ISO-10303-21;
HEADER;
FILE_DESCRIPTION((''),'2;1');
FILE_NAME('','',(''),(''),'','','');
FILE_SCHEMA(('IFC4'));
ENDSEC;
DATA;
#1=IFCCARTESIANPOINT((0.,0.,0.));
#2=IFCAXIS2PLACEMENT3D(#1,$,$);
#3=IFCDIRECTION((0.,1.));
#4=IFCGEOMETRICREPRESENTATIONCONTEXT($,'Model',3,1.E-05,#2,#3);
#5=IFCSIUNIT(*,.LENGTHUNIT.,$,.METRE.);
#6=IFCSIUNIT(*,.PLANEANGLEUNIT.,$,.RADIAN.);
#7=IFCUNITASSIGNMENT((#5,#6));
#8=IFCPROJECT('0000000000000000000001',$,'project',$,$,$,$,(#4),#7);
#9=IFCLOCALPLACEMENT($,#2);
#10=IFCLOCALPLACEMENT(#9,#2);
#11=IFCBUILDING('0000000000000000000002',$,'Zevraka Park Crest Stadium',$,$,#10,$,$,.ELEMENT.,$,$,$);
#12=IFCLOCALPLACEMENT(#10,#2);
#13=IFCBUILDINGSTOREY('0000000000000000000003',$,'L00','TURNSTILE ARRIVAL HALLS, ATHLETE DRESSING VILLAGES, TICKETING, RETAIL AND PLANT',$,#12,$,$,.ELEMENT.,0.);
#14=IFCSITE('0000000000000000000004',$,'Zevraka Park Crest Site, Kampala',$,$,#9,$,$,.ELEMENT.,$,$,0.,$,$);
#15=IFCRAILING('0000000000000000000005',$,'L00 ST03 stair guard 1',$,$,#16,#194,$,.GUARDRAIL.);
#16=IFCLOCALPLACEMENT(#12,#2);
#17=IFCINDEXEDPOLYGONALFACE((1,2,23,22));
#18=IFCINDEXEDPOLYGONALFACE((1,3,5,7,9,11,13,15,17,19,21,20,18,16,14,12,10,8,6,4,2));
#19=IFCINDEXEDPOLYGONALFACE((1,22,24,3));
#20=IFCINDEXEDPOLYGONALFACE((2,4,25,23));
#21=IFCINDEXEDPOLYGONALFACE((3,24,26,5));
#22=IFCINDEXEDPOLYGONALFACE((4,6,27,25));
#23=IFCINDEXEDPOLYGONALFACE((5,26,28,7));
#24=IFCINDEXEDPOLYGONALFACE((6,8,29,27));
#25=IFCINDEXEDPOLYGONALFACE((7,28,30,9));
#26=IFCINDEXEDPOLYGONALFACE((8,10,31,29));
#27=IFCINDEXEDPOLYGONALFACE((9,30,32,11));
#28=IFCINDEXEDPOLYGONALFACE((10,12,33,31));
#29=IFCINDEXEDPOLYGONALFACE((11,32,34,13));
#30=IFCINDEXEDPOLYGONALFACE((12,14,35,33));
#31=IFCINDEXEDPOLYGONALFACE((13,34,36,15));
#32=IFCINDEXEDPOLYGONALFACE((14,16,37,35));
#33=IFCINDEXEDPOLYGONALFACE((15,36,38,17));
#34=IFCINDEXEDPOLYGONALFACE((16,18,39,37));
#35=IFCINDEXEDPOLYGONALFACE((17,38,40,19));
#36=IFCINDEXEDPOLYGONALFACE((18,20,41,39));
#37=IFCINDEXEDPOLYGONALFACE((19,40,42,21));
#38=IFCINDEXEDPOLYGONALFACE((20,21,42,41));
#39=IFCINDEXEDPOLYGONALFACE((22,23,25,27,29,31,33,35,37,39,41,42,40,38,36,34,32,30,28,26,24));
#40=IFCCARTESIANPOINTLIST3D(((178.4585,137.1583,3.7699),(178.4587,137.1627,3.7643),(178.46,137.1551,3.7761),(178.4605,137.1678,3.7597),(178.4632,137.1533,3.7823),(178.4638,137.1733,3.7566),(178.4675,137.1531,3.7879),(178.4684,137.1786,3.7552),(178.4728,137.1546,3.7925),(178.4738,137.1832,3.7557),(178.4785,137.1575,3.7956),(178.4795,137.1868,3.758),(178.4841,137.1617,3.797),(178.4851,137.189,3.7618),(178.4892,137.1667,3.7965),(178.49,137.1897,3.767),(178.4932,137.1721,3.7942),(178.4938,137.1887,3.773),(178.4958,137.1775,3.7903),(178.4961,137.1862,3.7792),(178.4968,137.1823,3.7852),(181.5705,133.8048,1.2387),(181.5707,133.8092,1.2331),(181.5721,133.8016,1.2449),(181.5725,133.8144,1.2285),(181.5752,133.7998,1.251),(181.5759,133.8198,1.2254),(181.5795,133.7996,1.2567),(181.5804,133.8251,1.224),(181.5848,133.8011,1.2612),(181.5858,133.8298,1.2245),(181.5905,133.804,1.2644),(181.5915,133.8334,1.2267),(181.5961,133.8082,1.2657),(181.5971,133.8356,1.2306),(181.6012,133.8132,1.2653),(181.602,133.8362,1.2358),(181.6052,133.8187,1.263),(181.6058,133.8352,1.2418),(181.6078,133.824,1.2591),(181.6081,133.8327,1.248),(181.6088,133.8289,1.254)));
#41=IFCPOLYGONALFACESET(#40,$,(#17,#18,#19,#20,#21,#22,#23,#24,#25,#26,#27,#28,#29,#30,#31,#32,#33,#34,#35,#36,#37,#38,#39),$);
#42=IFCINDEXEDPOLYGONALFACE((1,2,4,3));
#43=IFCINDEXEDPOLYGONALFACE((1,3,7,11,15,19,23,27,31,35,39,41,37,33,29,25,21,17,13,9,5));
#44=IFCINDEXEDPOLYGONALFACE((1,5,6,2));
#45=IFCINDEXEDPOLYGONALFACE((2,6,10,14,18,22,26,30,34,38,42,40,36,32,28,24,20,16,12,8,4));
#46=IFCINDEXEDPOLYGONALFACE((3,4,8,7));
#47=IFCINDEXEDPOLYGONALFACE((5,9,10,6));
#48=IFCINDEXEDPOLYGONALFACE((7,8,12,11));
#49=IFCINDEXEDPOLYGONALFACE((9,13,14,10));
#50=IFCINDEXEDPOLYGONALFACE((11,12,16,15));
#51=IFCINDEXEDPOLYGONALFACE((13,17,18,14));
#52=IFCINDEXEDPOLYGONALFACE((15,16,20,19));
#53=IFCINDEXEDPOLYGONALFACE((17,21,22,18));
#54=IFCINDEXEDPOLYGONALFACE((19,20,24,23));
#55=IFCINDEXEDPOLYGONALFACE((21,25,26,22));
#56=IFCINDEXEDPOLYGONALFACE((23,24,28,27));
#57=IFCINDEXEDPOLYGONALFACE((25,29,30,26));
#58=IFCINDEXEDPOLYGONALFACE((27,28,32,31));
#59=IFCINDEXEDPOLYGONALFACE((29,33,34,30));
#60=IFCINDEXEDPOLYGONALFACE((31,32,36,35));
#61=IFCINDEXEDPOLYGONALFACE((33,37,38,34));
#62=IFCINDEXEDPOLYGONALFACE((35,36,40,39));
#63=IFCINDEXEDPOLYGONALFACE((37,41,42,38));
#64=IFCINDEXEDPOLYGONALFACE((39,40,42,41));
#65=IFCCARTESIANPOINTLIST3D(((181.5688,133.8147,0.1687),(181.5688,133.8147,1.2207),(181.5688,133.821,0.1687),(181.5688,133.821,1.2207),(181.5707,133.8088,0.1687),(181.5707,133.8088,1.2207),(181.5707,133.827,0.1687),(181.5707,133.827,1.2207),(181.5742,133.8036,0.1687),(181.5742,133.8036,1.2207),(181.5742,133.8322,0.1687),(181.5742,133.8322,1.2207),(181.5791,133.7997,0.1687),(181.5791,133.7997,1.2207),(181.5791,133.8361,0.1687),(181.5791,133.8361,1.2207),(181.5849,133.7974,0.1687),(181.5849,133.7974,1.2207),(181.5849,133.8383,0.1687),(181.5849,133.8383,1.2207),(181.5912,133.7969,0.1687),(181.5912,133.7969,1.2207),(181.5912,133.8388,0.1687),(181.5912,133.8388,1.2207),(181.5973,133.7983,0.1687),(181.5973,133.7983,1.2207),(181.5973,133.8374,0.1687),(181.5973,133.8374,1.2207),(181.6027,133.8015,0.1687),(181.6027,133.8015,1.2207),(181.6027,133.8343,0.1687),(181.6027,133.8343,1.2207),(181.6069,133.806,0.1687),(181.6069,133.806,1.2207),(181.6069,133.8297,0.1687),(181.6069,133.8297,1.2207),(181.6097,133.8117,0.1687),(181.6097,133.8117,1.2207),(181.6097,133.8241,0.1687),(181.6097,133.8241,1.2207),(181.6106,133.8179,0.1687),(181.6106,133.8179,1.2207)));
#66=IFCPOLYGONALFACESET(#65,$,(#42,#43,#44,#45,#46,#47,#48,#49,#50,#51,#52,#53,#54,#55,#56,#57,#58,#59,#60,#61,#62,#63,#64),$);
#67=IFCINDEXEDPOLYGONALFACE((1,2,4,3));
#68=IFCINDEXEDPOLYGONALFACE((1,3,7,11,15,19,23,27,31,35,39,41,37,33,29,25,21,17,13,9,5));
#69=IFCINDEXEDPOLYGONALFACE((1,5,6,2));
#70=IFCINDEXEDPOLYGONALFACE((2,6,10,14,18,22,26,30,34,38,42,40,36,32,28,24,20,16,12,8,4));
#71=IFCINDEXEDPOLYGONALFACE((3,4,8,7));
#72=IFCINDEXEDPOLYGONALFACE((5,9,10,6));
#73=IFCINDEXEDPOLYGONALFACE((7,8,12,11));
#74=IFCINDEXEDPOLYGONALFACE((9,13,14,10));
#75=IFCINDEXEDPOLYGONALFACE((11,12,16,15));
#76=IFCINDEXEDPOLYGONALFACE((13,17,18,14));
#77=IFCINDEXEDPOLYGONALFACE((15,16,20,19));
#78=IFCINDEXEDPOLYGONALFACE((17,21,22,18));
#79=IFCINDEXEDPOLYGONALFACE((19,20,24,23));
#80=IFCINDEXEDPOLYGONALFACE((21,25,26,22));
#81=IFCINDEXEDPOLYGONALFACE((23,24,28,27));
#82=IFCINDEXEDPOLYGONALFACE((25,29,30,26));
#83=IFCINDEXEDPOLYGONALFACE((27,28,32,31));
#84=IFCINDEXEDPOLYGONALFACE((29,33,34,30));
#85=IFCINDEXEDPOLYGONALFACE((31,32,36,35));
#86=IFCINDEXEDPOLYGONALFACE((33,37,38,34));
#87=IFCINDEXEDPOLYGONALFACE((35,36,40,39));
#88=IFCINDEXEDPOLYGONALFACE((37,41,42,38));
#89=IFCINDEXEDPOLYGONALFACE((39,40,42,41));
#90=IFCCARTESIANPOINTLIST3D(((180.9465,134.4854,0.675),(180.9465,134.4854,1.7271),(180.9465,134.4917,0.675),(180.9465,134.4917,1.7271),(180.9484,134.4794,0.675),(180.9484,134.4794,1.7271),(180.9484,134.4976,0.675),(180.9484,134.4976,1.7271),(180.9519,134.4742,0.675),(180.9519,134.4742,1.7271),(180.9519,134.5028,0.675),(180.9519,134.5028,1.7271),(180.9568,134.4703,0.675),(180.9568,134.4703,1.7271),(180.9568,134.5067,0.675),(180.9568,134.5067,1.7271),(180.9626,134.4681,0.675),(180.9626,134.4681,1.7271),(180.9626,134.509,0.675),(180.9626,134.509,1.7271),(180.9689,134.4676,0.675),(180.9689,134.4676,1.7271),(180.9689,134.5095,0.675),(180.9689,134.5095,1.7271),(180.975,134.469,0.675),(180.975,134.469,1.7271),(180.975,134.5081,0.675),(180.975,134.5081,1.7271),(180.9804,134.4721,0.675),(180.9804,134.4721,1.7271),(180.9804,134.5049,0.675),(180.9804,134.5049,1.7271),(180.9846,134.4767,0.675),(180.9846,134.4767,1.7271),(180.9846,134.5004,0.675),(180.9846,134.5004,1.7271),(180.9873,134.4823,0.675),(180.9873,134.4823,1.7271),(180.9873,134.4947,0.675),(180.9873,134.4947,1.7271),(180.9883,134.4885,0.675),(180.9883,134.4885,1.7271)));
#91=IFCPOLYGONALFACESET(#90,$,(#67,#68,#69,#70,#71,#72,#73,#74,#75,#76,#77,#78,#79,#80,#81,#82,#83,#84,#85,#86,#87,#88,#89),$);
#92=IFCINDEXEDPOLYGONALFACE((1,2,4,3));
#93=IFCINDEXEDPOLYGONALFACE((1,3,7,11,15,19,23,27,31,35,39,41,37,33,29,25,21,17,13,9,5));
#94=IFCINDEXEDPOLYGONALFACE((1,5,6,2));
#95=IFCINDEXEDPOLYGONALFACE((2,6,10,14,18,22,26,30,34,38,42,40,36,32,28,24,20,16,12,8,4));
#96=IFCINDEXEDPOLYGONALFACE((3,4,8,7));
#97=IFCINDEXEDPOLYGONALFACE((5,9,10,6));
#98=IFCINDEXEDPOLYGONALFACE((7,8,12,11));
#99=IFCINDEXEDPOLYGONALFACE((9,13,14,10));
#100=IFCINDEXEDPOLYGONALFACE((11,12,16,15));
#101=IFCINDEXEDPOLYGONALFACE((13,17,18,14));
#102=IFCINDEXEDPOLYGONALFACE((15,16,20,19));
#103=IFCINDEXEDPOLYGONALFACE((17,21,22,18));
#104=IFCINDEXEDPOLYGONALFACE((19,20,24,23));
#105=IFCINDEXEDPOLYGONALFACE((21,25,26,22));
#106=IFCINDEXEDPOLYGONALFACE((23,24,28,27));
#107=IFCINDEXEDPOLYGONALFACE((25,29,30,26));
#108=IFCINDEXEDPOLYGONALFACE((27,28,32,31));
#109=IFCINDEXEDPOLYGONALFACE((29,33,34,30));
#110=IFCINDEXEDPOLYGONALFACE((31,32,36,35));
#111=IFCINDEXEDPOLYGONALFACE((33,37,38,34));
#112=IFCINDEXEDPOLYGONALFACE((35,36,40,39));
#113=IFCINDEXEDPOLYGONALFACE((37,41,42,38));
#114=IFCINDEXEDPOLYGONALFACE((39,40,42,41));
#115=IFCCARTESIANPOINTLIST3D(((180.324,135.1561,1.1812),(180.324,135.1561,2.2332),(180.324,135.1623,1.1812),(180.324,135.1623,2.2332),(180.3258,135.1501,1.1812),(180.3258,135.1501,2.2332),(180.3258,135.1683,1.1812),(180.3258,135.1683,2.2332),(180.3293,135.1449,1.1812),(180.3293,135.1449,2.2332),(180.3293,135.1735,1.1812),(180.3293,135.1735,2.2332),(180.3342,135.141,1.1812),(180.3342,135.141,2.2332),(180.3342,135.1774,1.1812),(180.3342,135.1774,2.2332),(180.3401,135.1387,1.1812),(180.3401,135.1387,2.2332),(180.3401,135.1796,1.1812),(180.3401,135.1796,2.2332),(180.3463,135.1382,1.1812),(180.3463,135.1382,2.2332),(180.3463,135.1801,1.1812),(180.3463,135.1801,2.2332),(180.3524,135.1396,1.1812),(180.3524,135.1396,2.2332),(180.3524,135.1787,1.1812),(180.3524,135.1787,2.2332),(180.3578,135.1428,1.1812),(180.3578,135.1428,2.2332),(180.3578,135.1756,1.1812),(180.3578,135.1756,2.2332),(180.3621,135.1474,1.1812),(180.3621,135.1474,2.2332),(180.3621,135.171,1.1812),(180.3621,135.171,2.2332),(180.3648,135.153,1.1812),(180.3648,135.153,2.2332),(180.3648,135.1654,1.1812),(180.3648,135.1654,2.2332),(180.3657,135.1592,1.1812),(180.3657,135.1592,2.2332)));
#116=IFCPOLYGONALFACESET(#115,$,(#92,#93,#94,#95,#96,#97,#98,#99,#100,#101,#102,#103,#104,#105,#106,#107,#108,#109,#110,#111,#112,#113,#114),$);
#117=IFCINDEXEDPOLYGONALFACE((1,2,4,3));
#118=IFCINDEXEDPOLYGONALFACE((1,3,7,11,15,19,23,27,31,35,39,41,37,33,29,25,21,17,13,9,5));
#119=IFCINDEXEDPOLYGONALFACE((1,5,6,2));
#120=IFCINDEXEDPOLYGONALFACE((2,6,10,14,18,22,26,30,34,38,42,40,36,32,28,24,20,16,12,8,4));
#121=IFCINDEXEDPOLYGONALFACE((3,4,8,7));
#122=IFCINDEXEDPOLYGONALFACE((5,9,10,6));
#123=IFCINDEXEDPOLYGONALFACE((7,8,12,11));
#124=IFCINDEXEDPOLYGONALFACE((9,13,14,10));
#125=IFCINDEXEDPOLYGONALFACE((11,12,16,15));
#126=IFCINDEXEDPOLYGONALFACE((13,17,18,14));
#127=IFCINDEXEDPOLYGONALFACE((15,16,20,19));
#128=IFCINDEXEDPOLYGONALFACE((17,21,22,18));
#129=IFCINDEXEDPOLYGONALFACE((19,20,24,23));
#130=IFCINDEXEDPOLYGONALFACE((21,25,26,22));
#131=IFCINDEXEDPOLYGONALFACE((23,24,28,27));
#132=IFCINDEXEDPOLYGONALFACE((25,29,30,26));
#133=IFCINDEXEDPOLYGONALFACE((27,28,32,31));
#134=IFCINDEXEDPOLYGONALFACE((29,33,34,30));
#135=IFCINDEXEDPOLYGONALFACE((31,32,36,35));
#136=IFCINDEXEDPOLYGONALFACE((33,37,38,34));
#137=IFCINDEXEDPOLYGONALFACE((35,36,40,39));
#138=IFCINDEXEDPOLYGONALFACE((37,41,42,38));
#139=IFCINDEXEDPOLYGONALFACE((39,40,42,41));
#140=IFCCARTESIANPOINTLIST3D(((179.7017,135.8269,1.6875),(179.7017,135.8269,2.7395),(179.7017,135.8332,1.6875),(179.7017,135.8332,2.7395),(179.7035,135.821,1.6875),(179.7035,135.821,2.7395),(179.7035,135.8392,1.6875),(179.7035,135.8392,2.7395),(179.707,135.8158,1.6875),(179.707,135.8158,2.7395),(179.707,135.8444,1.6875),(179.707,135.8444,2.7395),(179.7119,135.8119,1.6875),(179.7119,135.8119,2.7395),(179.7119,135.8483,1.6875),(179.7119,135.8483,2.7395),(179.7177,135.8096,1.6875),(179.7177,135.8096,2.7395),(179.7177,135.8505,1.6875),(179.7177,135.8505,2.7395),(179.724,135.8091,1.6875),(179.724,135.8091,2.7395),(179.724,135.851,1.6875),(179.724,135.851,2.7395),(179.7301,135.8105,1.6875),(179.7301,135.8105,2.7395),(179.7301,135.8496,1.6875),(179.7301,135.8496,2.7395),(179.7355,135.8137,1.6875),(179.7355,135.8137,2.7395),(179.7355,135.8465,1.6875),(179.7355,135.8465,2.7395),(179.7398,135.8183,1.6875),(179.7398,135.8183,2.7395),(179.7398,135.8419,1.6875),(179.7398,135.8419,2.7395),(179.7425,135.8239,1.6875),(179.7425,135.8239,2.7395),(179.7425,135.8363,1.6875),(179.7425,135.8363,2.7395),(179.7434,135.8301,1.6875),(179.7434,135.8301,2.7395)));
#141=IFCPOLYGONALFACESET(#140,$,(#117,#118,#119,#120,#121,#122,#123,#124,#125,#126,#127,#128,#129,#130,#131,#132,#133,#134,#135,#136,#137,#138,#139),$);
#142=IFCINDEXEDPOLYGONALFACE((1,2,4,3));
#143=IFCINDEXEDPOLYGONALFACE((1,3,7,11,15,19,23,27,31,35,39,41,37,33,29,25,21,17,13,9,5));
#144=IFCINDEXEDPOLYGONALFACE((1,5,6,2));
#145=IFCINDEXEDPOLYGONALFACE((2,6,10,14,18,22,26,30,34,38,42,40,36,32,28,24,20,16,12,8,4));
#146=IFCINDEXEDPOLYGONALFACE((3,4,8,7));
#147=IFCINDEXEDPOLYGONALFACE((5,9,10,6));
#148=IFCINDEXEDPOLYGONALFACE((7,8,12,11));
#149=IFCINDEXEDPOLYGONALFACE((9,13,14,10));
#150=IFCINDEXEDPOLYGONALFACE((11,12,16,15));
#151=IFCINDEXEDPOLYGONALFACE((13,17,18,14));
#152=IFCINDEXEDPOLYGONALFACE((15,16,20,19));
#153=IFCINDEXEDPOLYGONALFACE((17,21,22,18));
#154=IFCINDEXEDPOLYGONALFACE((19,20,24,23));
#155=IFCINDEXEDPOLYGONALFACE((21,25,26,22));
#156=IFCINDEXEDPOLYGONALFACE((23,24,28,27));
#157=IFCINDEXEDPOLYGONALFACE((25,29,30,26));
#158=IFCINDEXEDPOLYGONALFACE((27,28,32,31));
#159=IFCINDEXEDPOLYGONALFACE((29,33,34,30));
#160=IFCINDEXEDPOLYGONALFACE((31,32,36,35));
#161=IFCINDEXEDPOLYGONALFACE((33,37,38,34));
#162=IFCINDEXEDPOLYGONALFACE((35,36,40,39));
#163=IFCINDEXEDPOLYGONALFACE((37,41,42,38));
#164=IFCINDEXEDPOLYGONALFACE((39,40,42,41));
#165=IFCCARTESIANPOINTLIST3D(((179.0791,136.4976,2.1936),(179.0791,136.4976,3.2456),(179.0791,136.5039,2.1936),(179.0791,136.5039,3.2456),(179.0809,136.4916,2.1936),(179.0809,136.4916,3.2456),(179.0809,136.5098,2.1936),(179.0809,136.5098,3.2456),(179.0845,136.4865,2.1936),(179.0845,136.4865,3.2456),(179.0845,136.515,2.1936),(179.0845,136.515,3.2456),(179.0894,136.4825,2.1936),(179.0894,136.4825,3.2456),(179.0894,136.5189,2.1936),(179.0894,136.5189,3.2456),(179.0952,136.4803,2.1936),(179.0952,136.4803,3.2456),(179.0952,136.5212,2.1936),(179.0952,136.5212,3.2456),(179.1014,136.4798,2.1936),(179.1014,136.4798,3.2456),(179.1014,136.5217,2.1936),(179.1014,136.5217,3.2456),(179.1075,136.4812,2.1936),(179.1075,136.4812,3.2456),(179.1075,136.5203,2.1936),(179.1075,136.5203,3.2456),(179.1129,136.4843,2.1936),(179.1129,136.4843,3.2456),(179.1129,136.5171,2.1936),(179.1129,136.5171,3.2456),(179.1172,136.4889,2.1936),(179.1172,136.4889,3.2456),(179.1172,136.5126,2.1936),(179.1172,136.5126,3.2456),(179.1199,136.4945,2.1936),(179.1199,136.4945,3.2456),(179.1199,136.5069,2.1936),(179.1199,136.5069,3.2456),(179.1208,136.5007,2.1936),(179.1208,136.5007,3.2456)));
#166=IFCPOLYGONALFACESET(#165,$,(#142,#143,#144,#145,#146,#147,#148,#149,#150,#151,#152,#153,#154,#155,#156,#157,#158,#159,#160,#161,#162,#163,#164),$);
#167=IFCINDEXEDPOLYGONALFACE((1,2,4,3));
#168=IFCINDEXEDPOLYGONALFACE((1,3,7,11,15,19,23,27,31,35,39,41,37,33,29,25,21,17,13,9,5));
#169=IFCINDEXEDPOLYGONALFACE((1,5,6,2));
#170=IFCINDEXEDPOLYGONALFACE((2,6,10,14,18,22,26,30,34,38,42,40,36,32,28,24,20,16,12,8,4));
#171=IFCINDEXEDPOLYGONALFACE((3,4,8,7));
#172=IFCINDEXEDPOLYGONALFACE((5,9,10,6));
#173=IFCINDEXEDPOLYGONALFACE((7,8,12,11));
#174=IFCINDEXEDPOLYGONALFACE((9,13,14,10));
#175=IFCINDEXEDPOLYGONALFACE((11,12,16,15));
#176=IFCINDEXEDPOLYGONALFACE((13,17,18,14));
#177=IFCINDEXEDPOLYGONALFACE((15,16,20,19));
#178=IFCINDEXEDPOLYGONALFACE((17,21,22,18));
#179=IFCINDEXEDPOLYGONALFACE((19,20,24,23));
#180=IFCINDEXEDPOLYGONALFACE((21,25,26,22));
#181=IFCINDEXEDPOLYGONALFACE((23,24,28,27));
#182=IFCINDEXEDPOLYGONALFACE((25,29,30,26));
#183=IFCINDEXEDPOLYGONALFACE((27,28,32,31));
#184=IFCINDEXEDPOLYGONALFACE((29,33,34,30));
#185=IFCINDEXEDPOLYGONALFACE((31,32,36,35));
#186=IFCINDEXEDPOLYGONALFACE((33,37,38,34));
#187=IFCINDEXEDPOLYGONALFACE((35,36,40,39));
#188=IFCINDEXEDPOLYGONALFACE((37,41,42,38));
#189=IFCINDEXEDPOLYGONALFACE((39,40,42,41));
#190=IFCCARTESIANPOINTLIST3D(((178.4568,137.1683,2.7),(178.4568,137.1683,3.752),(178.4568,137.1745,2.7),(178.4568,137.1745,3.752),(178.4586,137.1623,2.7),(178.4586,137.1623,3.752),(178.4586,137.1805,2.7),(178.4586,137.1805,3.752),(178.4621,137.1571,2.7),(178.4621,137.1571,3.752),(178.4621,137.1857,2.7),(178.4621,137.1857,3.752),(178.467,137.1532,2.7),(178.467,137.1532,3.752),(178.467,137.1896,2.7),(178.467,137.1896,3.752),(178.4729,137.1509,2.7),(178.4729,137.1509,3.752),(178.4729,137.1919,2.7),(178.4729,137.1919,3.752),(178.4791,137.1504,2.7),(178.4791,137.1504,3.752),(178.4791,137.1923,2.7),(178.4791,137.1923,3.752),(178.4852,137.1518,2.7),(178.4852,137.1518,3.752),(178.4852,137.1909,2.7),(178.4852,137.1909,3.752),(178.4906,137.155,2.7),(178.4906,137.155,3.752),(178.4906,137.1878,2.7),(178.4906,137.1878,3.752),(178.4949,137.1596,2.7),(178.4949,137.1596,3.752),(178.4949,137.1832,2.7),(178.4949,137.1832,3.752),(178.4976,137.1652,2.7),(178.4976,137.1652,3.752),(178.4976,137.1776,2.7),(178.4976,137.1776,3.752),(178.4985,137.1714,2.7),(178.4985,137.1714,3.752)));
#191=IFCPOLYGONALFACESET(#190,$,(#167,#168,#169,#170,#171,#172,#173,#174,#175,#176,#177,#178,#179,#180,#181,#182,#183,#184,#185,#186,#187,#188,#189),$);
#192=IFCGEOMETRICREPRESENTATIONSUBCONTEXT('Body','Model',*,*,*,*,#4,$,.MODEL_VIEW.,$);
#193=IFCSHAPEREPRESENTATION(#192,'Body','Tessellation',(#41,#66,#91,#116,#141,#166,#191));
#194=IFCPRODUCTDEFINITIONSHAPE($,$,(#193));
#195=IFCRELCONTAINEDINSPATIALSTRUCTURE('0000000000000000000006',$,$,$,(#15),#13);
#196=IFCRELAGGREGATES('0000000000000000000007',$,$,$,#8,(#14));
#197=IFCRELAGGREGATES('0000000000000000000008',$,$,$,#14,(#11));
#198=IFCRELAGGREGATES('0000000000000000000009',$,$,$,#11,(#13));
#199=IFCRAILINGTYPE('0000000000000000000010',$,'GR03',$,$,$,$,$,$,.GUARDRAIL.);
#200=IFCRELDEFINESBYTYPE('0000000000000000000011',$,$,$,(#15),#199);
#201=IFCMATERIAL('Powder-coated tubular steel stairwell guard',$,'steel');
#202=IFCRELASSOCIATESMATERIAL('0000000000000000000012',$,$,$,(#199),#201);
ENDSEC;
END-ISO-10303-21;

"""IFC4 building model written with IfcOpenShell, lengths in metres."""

from ifc_helpers import new_model, si_unit, direction, frame, origin, origin_2d, place, context, subcontext, project, spatial, circle, extrude, material, type_object, element, save


model = new_model("IFC4")

# Units and contexts
model_context = context("Model", 3, precision=1e-05, world=origin(), true_north=direction((0.0, 1.0)))
body_context = subcontext(model_context, "Body", "Model", "MODEL_VIEW")
ifc_project = project(units=[si_unit("LENGTHUNIT", "METRE"), si_unit("PLANEANGLEUNIT", "RADIAN")], contexts=[model_context])

# Site, building, storey
site_placement = place(None, origin())
site = spatial("IfcSite", under=ifc_project, at=site_placement, Name="Zevraka Park Crest Site, Kampala", CompositionType="ELEMENT", RefElevation=0.0)
building_placement = place(site_placement, origin())
building = spatial("IfcBuilding", under=site, at=building_placement, Name="Zevraka Park Crest Stadium", CompositionType="ELEMENT")
storey_placement = place(building_placement, origin())
storey = spatial("IfcBuildingStorey", under=building, at=storey_placement, Name="L00", Description="TURNSTILE ARRIVAL HALLS, ATHLETE DRESSING VILLAGES, TICKETING, RETAIL AND PLANT", CompositionType="ELEMENT", Elevation=0.0)

# Railing
ifc_material_1 = material(Name="Powder-coated tubular steel stairwell guard", Category="steel")
railing_type_1 = type_object("IfcRailingType", Name="GR03", PredefinedType="GUARDRAIL", material=ifc_material_1)
railing_1_placement = place(storey_placement, frame((181.5896, 133.8179, 0.1687)))
element("IfcRailing", 1, at=railing_1_placement, inside=storey, type_object=railing_type_1, Name="L00 ST03 stair guard 1", PredefinedType="GUARDRAIL", context=body_context, shape_type="SweptSolid", body=[
    extrude(circle(Radius=0.0239, at=origin_2d()), frame((0.0, 0.0, 1.0762), z_axis=(-0.5952, 0.64138, 0.484117), x_axis=(-0.733003, -0.680226, 0.0)), (0.0, 0.0, 1.0), 5.2285),
    extrude(circle(Radius=0.021, at=origin_2d()), origin(), (0.0, 0.0, 1.0), 1.052),
    extrude(circle(Radius=0.021, at=origin_2d()), frame((-0.6223, 0.6707, 0.5063)), (0.0, 0.0, 1.0), 1.052),
    extrude(circle(Radius=0.021, at=origin_2d()), frame((-1.2449, 1.3413, 1.0125)), (0.0, 0.0, 1.0), 1.052),
    extrude(circle(Radius=0.021, at=origin_2d()), frame((-1.8672, 2.0122, 1.5188)), (0.0, 0.0, 1.0), 1.052),
    extrude(circle(Radius=0.021, at=origin_2d()), frame((-2.4897, 2.6829, 2.0249)), (0.0, 0.0, 1.0), 1.052),
    extrude(circle(Radius=0.021, at=origin_2d()), frame((-3.1121, 3.3535, 2.5312)), (0.0, 0.0, 1.0), 1.052),
])

save(model, "model.ifc")
